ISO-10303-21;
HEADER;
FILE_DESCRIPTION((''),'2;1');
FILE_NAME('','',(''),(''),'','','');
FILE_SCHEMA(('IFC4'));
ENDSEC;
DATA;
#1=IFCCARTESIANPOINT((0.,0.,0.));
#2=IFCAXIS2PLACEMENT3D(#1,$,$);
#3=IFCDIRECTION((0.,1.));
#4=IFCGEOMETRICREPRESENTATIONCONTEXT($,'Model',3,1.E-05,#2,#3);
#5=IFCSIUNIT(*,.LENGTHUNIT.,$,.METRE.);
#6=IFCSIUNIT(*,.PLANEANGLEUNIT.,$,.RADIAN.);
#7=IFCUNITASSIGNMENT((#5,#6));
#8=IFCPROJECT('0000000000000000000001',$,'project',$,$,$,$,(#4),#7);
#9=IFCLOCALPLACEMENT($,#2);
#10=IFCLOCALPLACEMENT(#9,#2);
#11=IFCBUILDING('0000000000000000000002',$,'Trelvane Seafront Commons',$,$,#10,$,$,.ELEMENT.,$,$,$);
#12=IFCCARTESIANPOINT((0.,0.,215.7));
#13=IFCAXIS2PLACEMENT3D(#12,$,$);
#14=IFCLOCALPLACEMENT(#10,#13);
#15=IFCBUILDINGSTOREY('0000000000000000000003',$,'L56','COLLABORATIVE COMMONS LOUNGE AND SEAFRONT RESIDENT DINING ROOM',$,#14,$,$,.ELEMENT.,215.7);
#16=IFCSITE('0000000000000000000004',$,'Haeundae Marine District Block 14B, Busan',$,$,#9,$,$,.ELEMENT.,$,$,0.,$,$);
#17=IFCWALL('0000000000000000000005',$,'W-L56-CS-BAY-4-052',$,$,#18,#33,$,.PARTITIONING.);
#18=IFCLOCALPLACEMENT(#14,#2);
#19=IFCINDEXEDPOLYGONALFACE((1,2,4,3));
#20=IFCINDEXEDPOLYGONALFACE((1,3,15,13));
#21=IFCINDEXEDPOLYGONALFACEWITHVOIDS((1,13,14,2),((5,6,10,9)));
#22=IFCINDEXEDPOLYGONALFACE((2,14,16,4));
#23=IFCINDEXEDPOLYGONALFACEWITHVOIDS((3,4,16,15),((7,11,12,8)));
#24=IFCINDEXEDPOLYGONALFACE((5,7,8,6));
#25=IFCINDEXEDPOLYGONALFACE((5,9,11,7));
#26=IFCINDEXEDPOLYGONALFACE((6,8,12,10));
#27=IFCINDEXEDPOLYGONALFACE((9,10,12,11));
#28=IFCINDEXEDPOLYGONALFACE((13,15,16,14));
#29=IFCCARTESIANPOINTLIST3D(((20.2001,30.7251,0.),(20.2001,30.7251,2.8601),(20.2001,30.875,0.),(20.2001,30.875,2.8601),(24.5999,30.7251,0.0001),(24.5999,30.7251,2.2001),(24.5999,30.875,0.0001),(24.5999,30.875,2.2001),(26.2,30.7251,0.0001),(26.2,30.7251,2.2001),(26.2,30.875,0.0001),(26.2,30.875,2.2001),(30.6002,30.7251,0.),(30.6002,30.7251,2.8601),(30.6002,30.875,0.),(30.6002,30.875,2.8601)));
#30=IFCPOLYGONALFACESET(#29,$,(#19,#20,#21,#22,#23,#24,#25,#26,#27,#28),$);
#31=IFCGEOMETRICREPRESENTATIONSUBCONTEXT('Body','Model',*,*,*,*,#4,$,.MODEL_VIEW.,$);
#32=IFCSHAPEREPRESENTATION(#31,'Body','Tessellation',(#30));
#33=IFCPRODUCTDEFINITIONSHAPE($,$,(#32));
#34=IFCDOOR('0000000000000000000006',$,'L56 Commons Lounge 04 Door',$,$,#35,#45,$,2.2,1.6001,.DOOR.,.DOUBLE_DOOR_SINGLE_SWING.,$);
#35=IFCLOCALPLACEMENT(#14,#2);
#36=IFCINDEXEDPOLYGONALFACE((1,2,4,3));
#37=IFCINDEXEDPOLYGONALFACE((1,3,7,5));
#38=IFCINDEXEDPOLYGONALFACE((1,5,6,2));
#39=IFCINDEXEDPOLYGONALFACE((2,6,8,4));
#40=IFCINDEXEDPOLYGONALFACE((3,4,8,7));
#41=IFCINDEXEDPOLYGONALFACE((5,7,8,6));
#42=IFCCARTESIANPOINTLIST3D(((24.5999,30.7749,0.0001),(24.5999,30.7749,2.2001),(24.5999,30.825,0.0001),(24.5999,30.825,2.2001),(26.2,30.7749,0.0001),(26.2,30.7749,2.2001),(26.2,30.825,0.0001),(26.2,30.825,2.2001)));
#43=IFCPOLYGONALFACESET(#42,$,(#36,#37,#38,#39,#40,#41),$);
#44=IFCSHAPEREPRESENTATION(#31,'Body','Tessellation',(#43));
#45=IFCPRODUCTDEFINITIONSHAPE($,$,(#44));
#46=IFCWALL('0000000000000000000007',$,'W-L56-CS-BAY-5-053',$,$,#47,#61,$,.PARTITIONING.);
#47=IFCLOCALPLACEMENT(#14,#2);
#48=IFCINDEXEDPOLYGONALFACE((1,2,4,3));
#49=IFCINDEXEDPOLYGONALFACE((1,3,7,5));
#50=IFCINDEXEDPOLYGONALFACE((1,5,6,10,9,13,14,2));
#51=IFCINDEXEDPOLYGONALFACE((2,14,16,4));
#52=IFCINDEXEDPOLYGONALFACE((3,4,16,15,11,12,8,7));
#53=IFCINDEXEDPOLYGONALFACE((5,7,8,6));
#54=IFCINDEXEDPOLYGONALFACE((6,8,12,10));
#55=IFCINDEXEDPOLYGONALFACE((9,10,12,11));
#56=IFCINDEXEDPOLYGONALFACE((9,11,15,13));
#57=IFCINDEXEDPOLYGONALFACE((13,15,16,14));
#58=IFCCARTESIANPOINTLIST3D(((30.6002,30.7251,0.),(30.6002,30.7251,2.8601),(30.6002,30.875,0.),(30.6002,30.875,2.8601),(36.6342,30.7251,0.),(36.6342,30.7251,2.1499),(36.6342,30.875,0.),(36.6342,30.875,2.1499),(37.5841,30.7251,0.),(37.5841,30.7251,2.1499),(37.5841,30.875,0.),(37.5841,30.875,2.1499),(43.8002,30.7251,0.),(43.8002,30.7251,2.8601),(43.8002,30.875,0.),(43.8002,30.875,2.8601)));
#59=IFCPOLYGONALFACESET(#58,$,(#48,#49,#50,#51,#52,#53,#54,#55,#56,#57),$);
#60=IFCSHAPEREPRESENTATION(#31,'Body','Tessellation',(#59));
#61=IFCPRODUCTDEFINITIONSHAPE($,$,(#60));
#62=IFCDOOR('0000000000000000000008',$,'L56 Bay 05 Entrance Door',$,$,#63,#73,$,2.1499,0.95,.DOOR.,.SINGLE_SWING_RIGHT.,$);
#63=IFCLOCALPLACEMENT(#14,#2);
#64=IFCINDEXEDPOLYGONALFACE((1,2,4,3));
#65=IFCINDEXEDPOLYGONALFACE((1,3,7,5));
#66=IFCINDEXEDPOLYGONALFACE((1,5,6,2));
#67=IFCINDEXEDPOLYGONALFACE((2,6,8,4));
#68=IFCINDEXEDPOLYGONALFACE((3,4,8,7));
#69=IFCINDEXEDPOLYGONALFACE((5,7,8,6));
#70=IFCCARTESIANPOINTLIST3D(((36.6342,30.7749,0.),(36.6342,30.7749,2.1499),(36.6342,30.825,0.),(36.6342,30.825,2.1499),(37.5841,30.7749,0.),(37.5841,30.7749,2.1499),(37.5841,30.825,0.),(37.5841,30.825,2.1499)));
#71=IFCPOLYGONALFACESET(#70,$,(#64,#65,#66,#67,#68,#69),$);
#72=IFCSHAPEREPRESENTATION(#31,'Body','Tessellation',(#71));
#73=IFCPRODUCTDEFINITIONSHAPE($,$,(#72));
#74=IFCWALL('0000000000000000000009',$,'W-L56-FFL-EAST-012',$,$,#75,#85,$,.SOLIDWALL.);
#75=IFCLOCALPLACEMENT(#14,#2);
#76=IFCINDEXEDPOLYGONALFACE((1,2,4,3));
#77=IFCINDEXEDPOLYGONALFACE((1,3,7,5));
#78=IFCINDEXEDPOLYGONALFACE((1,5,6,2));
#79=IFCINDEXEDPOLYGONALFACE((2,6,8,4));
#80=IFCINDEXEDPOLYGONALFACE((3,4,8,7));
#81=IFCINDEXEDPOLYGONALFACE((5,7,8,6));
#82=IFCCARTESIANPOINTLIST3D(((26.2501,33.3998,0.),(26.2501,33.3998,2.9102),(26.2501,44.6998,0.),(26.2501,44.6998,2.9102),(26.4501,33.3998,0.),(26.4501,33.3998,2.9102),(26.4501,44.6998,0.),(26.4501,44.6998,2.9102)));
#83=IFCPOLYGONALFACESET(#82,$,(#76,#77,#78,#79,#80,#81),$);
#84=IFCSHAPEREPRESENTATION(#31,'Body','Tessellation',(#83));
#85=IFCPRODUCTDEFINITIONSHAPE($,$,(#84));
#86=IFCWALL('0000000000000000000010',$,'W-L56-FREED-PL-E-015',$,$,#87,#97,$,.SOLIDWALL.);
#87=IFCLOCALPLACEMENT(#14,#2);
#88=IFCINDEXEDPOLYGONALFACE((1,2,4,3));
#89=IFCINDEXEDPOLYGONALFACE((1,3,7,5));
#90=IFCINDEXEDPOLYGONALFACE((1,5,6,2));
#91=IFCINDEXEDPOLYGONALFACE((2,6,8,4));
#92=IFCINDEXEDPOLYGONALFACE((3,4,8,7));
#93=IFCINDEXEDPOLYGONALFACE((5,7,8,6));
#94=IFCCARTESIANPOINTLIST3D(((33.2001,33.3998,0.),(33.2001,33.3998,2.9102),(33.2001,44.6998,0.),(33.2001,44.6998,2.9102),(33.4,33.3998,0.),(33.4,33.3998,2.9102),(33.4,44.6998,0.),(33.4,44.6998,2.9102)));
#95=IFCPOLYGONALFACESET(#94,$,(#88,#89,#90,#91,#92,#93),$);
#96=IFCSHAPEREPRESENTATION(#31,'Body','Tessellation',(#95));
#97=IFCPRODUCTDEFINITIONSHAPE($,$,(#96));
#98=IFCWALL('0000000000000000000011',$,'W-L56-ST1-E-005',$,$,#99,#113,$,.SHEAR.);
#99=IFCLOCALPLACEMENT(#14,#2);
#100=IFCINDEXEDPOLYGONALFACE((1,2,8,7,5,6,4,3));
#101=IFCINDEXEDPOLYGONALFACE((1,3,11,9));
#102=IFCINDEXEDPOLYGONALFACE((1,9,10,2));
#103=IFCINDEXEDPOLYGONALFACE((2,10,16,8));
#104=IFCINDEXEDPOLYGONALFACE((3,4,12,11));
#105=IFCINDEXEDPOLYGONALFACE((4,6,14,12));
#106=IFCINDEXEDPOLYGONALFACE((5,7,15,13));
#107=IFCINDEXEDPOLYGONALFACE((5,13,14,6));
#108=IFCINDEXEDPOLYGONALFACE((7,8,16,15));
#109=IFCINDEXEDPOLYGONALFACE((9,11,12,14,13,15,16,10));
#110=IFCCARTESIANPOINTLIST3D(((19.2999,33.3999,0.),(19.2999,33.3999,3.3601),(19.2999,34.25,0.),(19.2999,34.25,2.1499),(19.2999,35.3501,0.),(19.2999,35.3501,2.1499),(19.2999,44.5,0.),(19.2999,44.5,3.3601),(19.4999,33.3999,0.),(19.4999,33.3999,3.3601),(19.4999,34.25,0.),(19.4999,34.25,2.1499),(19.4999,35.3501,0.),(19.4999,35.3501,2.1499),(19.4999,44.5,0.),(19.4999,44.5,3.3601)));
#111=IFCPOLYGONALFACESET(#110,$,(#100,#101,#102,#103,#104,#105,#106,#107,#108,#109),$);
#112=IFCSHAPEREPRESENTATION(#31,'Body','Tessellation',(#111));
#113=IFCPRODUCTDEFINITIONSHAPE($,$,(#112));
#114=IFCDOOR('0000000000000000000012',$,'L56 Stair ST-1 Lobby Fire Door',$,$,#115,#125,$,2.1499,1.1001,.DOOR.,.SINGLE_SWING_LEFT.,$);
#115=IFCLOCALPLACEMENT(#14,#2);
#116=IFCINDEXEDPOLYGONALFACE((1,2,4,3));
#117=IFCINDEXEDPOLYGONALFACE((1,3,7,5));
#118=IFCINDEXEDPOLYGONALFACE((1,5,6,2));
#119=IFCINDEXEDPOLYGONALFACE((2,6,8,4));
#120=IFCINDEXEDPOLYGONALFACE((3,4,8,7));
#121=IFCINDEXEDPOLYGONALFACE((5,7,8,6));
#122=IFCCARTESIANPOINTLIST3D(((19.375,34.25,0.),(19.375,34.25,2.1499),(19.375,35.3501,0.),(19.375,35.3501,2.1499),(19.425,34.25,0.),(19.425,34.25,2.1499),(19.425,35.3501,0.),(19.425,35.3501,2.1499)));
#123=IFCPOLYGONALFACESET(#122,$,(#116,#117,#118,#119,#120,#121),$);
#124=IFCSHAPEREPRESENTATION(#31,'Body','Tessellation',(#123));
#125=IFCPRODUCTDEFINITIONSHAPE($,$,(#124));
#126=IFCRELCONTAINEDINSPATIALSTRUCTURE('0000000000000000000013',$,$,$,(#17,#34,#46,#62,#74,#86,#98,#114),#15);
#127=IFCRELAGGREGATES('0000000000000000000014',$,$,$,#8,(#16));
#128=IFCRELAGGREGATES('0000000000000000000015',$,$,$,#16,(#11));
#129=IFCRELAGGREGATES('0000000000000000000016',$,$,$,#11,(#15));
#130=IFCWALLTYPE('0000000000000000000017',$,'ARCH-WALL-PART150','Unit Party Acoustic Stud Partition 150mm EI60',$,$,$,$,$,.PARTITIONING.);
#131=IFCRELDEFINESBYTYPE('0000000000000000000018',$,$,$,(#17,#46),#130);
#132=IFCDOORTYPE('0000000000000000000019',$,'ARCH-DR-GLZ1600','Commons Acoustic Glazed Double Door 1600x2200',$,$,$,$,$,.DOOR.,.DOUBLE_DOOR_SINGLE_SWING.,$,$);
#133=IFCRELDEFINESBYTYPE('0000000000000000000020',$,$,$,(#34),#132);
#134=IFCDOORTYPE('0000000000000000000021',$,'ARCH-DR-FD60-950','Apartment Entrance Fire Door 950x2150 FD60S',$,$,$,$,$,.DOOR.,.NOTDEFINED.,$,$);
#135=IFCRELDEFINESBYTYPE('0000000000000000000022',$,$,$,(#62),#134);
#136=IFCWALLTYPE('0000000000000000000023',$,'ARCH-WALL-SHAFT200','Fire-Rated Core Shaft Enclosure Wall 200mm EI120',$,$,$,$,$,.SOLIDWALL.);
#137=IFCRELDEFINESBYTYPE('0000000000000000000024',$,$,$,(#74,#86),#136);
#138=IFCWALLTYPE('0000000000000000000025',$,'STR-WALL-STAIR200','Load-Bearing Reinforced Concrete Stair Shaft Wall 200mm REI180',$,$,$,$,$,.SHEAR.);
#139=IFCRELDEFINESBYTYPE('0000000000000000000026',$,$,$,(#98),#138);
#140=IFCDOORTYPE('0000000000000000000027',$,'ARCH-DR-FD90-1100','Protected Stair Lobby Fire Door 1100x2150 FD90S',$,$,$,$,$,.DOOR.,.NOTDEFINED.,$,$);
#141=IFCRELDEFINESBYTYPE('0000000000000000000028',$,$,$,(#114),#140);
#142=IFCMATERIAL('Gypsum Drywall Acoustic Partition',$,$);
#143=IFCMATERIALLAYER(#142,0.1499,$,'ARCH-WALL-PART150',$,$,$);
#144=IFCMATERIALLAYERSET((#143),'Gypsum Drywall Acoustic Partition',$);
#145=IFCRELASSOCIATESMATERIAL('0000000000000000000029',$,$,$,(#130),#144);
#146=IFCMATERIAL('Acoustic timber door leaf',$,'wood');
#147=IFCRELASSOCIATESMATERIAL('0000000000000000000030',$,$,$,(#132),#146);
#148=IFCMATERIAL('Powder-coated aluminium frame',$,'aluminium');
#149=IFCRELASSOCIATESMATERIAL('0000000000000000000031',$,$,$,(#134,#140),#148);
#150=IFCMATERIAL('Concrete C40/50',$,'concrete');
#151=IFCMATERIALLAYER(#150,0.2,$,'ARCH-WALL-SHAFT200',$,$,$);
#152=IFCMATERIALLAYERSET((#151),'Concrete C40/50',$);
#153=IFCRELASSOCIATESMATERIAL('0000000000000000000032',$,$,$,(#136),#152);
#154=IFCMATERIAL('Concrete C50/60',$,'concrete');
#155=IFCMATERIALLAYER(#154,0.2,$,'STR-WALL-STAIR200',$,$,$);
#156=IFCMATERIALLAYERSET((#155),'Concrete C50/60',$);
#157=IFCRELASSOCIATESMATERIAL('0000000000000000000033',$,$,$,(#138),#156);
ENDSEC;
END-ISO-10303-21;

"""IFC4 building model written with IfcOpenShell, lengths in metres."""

from ifc_helpers import new_model, si_unit, direction, frame, frame_2d, origin, place, context, subcontext, project, spatial, rectangle, extrude, source, transform, mapped, material, layer, layer_set, type_object, element, fill, save


model = new_model("IFC4")

# Units and contexts
model_context = context("Model", 3, precision=1e-05, world=origin(), true_north=direction((0.0, 1.0)))
body_context = subcontext(model_context, "Body", "Model", "MODEL_VIEW")
ifc_project = project(units=[si_unit("LENGTHUNIT", "METRE"), si_unit("PLANEANGLEUNIT", "RADIAN")], contexts=[model_context])

# Site, building, storey
site_placement = place(None, origin())
site = spatial("IfcSite", under=ifc_project, at=site_placement, Name="Haeundae Marine District Block 14B, Busan", CompositionType="ELEMENT", RefElevation=0.0)
building_placement = place(site_placement, origin())
building = spatial("IfcBuilding", under=site, at=building_placement, Name="Trelvane Seafront Commons", CompositionType="ELEMENT")
storey_placement = place(building_placement, frame((0.0, 0.0, 215.7)))
storey = spatial("IfcBuildingStorey", under=building, at=storey_placement, Name="L56", Description="COLLABORATIVE COMMONS LOUNGE AND SEAFRONT RESIDENT DINING ROOM", CompositionType="ELEMENT", Elevation=215.7)

# Shared definitions
ifc_material_1 = material(Name="Concrete C50/60", Category="concrete")

# Walls, openings, doors
ifc_material_2 = material(Name="Concrete C40/50", Category="concrete")
ifc_material_3 = material(Name="Powder-coated aluminium frame", Category="aluminium")
shared_shape_1 = source(origin(), body_context, "Body", "SweptSolid", [
    extrude(rectangle(XDim=1.6001, YDim=2.2, at=frame_2d((0.8, 1.1001))), frame((0.0, 0.0249, 0.0), z_axis=(0.0, -1.0, 0.0), x_axis=(1.0, 0.0, 0.0)), (0.0, 0.0, 1.0), 0.05),
])
ifc_material_4 = material(Name="Acoustic timber door leaf", Category="wood")
shared_shape_2 = source(origin(), body_context, "Body", "SweptSolid", [
    extrude(rectangle(XDim=0.95, YDim=2.1499, at=frame_2d((0.4751, 1.075))), frame((0.0, 0.0249, 0.0), z_axis=(0.0, -1.0, 0.0), x_axis=(1.0, 0.0, 0.0)), (0.0, 0.0, 1.0), 0.05),
])
ifc_material_5 = material(Name="Gypsum Drywall Acoustic Partition")
ifc_layer_1 = layer(ifc_material_5, 0.1499, Name="ARCH-WALL-PART150")
ifc_layer_set_1 = layer_set([ifc_layer_1], Name="Gypsum Drywall Acoustic Partition")
wall_type_1 = type_object("IfcWallType", Name="ARCH-WALL-PART150", Description="Unit Party Acoustic Stud Partition 150mm EI60", PredefinedType="PARTITIONING", material=ifc_layer_set_1)
wall_1_placement = place(storey_placement, frame((20.2, 30.8, 0.0), z_axis=(0.0, 0.0, 1.0), x_axis=(1.0, 0.0, 0.0)))
wall_1 = element("IfcWall", 1, at=wall_1_placement, inside=storey, type_object=wall_type_1, Name="W-L56-CS-BAY-4-052", PredefinedType="PARTITIONING", context=body_context, shape_type="SweptSolid", body=[
    extrude(rectangle(XDim=10.4001, YDim=0.1499, at=frame_2d((5.2002, 0.0))), origin(), (0.0, 0.0, 1.0), 2.8601),
])
opening_1_placement = place(wall_1_placement, frame((4.3999, 0.0, 0.0)))
opening_1 = element("IfcOpeningElement", 2, at=opening_1_placement, cuts=wall_1, PredefinedType="OPENING", context=body_context, shape_type="SweptSolid", body=[
    extrude(rectangle(XDim=1.6001, YDim=2.2, at=frame_2d((0.8, 1.1001))), frame((0.0, 0.085, 0.0), z_axis=(0.0, -1.0, 0.0), x_axis=(1.0, 0.0, 0.0)), (0.0, 0.0, 1.0), 0.1699),
])
door_type_1 = type_object("IfcDoorType", Name="ARCH-DR-GLZ1600", Description="Commons Acoustic Glazed Double Door 1600x2200", OperationType="DOUBLE_DOOR_SINGLE_SWING", PredefinedType="DOOR", material=ifc_material_4)
door_1_placement = place(opening_1_placement, origin())
door_1 = element("IfcDoor", 3, at=door_1_placement, inside=storey, type_object=door_type_1, Name="L56 Commons Lounge 04 Door", OperationType="DOUBLE_DOOR_SINGLE_SWING", OverallHeight=2.2, OverallWidth=1.6001, PredefinedType="DOOR", context=body_context, shape_type="MappedRepresentation", body=[
    mapped(shared_shape_1, transform((0.0, 0.0, 0.0), x_axis=(1.0, 0.0, 0.0), y_axis=(0.0, 1.0, 0.0), z_axis=(0.0, 0.0, 1.0), scale=1.0)),
])
fill(opening_1, door_1)
wall_2_placement = place(storey_placement, frame((30.6001, 30.8, 0.0), z_axis=(0.0, 0.0, 1.0), x_axis=(1.0, 0.0, 0.0)))
wall_2 = element("IfcWall", 4, at=wall_2_placement, inside=storey, type_object=wall_type_1, Name="W-L56-CS-BAY-5-053", PredefinedType="PARTITIONING", context=body_context, shape_type="SweptSolid", body=[
    extrude(rectangle(XDim=13.2, YDim=0.1499, at=frame_2d((6.6001, 0.0))), origin(), (0.0, 0.0, 1.0), 2.8601),
])
opening_2_placement = place(wall_2_placement, frame((6.0339, 0.0, 0.0)))
opening_2 = element("IfcOpeningElement", 5, at=opening_2_placement, cuts=wall_2, PredefinedType="OPENING", context=body_context, shape_type="SweptSolid", body=[
    extrude(rectangle(XDim=0.95, YDim=2.1499, at=frame_2d((0.4751, 1.075))), frame((0.0, 0.085, 0.0), z_axis=(0.0, -1.0, 0.0), x_axis=(1.0, 0.0, 0.0)), (0.0, 0.0, 1.0), 0.1699),
])
door_type_2 = type_object("IfcDoorType", Name="ARCH-DR-FD60-950", Description="Apartment Entrance Fire Door 950x2150 FD60S", OperationType="NOTDEFINED", PredefinedType="DOOR", material=ifc_material_3)
door_2_placement = place(opening_2_placement, origin())
door_2 = element("IfcDoor", 6, at=door_2_placement, inside=storey, type_object=door_type_2, Name="L56 Bay 05 Entrance Door", OperationType="SINGLE_SWING_RIGHT", OverallHeight=2.1499, OverallWidth=0.95, PredefinedType="DOOR", context=body_context, shape_type="MappedRepresentation", body=[
    mapped(shared_shape_2, transform((0.0, 0.0, 0.0), x_axis=(1.0, 0.0, 0.0), y_axis=(0.0, 1.0, 0.0), z_axis=(0.0, 0.0, 1.0), scale=1.0)),
])
fill(opening_2, door_2)

# Walls
ifc_layer_2 = layer(ifc_material_2, 0.2, Name="ARCH-WALL-SHAFT200")
ifc_layer_set_2 = layer_set([ifc_layer_2], Name="Concrete C40/50")
wall_type_2 = type_object("IfcWallType", Name="ARCH-WALL-SHAFT200", Description="Fire-Rated Core Shaft Enclosure Wall 200mm EI120", PredefinedType="SOLIDWALL", material=ifc_layer_set_2)
for number, where, z_axis, x_axis, name in (
    (7, (26.3501, 33.3999, 0.0), (0.0, 0.0, 1.0), (0.0, 1.0, 0.0), "W-L56-FFL-EAST-012"),
    (8, (33.3, 33.3999, 0.0), (0.0, 0.0, 1.0), (0.0, 1.0, 0.0), "W-L56-FREED-PL-E-015"),
):
    element("IfcWall", number, at=place(storey_placement, frame(where, z_axis=z_axis, x_axis=x_axis)), inside=storey, type_object=wall_type_2, Name=name, PredefinedType="SOLIDWALL", context=body_context, shape_type="SweptSolid", body=[
        extrude(rectangle(XDim=11.3, YDim=0.2, at=frame_2d((5.6499, 0.0))), origin(), (0.0, 0.0, 1.0), 2.9102),
    ])

# Wall, opening, door
ifc_layer_3 = layer(ifc_material_1, 0.2, Name="STR-WALL-STAIR200")
ifc_layer_set_3 = layer_set([ifc_layer_3], Name="Concrete C50/60")
wall_type_3 = type_object("IfcWallType", Name="STR-WALL-STAIR200", Description="Load-Bearing Reinforced Concrete Stair Shaft Wall 200mm REI180", PredefinedType="SHEAR", material=ifc_layer_set_3)
wall_3_placement = place(storey_placement, frame((19.3999, 33.3999, 0.0), z_axis=(0.0, 0.0, 1.0), x_axis=(0.0, 1.0, 0.0)))
wall_3 = element("IfcWall", 9, at=wall_3_placement, inside=storey, type_object=wall_type_3, Name="W-L56-ST1-E-005", PredefinedType="SHEAR", context=body_context, shape_type="SweptSolid", body=[
    extrude(rectangle(XDim=11.1001, YDim=0.2, at=frame_2d((5.55, 0.0))), origin(), (0.0, 0.0, 1.0), 3.3601),
])
opening_3_placement = place(wall_3_placement, frame((0.8501, 0.0, 0.0)))
opening_3 = element("IfcOpeningElement", 10, at=opening_3_placement, cuts=wall_3, PredefinedType="OPENING", context=body_context, shape_type="SweptSolid", body=[
    extrude(rectangle(XDim=1.1001, YDim=2.1499, at=frame_2d((0.55, 1.075))), frame((0.0, 0.1099, 0.0), z_axis=(0.0, -1.0, 0.0), x_axis=(1.0, 0.0, 0.0)), (0.0, 0.0, 1.0), 0.22),
])
door_type_3 = type_object("IfcDoorType", Name="ARCH-DR-FD90-1100", Description="Protected Stair Lobby Fire Door 1100x2150 FD90S", OperationType="NOTDEFINED", PredefinedType="DOOR", material=ifc_material_3)
shared_shape_3 = source(origin(), body_context, "Body", "SweptSolid", [
    extrude(rectangle(XDim=1.1001, YDim=2.1499, at=frame_2d((0.55, 1.075))), frame((0.0, 0.0249, 0.0), z_axis=(0.0, -1.0, 0.0), x_axis=(1.0, 0.0, 0.0)), (0.0, 0.0, 1.0), 0.05),
])
door_3_placement = place(opening_3_placement, origin())
door_3 = element("IfcDoor", 11, at=door_3_placement, inside=storey, type_object=door_type_3, Name="L56 Stair ST-1 Lobby Fire Door", OperationType="SINGLE_SWING_LEFT", OverallHeight=2.1499, OverallWidth=1.1001, PredefinedType="DOOR", context=body_context, shape_type="MappedRepresentation", body=[
    mapped(shared_shape_3, transform((0.0, 0.0, 0.0), x_axis=(1.0, 0.0, 0.0), y_axis=(0.0, 1.0, 0.0), z_axis=(0.0, 0.0, 1.0), scale=1.0)),
])
fill(opening_3, door_3)

save(model, "model.ifc")
